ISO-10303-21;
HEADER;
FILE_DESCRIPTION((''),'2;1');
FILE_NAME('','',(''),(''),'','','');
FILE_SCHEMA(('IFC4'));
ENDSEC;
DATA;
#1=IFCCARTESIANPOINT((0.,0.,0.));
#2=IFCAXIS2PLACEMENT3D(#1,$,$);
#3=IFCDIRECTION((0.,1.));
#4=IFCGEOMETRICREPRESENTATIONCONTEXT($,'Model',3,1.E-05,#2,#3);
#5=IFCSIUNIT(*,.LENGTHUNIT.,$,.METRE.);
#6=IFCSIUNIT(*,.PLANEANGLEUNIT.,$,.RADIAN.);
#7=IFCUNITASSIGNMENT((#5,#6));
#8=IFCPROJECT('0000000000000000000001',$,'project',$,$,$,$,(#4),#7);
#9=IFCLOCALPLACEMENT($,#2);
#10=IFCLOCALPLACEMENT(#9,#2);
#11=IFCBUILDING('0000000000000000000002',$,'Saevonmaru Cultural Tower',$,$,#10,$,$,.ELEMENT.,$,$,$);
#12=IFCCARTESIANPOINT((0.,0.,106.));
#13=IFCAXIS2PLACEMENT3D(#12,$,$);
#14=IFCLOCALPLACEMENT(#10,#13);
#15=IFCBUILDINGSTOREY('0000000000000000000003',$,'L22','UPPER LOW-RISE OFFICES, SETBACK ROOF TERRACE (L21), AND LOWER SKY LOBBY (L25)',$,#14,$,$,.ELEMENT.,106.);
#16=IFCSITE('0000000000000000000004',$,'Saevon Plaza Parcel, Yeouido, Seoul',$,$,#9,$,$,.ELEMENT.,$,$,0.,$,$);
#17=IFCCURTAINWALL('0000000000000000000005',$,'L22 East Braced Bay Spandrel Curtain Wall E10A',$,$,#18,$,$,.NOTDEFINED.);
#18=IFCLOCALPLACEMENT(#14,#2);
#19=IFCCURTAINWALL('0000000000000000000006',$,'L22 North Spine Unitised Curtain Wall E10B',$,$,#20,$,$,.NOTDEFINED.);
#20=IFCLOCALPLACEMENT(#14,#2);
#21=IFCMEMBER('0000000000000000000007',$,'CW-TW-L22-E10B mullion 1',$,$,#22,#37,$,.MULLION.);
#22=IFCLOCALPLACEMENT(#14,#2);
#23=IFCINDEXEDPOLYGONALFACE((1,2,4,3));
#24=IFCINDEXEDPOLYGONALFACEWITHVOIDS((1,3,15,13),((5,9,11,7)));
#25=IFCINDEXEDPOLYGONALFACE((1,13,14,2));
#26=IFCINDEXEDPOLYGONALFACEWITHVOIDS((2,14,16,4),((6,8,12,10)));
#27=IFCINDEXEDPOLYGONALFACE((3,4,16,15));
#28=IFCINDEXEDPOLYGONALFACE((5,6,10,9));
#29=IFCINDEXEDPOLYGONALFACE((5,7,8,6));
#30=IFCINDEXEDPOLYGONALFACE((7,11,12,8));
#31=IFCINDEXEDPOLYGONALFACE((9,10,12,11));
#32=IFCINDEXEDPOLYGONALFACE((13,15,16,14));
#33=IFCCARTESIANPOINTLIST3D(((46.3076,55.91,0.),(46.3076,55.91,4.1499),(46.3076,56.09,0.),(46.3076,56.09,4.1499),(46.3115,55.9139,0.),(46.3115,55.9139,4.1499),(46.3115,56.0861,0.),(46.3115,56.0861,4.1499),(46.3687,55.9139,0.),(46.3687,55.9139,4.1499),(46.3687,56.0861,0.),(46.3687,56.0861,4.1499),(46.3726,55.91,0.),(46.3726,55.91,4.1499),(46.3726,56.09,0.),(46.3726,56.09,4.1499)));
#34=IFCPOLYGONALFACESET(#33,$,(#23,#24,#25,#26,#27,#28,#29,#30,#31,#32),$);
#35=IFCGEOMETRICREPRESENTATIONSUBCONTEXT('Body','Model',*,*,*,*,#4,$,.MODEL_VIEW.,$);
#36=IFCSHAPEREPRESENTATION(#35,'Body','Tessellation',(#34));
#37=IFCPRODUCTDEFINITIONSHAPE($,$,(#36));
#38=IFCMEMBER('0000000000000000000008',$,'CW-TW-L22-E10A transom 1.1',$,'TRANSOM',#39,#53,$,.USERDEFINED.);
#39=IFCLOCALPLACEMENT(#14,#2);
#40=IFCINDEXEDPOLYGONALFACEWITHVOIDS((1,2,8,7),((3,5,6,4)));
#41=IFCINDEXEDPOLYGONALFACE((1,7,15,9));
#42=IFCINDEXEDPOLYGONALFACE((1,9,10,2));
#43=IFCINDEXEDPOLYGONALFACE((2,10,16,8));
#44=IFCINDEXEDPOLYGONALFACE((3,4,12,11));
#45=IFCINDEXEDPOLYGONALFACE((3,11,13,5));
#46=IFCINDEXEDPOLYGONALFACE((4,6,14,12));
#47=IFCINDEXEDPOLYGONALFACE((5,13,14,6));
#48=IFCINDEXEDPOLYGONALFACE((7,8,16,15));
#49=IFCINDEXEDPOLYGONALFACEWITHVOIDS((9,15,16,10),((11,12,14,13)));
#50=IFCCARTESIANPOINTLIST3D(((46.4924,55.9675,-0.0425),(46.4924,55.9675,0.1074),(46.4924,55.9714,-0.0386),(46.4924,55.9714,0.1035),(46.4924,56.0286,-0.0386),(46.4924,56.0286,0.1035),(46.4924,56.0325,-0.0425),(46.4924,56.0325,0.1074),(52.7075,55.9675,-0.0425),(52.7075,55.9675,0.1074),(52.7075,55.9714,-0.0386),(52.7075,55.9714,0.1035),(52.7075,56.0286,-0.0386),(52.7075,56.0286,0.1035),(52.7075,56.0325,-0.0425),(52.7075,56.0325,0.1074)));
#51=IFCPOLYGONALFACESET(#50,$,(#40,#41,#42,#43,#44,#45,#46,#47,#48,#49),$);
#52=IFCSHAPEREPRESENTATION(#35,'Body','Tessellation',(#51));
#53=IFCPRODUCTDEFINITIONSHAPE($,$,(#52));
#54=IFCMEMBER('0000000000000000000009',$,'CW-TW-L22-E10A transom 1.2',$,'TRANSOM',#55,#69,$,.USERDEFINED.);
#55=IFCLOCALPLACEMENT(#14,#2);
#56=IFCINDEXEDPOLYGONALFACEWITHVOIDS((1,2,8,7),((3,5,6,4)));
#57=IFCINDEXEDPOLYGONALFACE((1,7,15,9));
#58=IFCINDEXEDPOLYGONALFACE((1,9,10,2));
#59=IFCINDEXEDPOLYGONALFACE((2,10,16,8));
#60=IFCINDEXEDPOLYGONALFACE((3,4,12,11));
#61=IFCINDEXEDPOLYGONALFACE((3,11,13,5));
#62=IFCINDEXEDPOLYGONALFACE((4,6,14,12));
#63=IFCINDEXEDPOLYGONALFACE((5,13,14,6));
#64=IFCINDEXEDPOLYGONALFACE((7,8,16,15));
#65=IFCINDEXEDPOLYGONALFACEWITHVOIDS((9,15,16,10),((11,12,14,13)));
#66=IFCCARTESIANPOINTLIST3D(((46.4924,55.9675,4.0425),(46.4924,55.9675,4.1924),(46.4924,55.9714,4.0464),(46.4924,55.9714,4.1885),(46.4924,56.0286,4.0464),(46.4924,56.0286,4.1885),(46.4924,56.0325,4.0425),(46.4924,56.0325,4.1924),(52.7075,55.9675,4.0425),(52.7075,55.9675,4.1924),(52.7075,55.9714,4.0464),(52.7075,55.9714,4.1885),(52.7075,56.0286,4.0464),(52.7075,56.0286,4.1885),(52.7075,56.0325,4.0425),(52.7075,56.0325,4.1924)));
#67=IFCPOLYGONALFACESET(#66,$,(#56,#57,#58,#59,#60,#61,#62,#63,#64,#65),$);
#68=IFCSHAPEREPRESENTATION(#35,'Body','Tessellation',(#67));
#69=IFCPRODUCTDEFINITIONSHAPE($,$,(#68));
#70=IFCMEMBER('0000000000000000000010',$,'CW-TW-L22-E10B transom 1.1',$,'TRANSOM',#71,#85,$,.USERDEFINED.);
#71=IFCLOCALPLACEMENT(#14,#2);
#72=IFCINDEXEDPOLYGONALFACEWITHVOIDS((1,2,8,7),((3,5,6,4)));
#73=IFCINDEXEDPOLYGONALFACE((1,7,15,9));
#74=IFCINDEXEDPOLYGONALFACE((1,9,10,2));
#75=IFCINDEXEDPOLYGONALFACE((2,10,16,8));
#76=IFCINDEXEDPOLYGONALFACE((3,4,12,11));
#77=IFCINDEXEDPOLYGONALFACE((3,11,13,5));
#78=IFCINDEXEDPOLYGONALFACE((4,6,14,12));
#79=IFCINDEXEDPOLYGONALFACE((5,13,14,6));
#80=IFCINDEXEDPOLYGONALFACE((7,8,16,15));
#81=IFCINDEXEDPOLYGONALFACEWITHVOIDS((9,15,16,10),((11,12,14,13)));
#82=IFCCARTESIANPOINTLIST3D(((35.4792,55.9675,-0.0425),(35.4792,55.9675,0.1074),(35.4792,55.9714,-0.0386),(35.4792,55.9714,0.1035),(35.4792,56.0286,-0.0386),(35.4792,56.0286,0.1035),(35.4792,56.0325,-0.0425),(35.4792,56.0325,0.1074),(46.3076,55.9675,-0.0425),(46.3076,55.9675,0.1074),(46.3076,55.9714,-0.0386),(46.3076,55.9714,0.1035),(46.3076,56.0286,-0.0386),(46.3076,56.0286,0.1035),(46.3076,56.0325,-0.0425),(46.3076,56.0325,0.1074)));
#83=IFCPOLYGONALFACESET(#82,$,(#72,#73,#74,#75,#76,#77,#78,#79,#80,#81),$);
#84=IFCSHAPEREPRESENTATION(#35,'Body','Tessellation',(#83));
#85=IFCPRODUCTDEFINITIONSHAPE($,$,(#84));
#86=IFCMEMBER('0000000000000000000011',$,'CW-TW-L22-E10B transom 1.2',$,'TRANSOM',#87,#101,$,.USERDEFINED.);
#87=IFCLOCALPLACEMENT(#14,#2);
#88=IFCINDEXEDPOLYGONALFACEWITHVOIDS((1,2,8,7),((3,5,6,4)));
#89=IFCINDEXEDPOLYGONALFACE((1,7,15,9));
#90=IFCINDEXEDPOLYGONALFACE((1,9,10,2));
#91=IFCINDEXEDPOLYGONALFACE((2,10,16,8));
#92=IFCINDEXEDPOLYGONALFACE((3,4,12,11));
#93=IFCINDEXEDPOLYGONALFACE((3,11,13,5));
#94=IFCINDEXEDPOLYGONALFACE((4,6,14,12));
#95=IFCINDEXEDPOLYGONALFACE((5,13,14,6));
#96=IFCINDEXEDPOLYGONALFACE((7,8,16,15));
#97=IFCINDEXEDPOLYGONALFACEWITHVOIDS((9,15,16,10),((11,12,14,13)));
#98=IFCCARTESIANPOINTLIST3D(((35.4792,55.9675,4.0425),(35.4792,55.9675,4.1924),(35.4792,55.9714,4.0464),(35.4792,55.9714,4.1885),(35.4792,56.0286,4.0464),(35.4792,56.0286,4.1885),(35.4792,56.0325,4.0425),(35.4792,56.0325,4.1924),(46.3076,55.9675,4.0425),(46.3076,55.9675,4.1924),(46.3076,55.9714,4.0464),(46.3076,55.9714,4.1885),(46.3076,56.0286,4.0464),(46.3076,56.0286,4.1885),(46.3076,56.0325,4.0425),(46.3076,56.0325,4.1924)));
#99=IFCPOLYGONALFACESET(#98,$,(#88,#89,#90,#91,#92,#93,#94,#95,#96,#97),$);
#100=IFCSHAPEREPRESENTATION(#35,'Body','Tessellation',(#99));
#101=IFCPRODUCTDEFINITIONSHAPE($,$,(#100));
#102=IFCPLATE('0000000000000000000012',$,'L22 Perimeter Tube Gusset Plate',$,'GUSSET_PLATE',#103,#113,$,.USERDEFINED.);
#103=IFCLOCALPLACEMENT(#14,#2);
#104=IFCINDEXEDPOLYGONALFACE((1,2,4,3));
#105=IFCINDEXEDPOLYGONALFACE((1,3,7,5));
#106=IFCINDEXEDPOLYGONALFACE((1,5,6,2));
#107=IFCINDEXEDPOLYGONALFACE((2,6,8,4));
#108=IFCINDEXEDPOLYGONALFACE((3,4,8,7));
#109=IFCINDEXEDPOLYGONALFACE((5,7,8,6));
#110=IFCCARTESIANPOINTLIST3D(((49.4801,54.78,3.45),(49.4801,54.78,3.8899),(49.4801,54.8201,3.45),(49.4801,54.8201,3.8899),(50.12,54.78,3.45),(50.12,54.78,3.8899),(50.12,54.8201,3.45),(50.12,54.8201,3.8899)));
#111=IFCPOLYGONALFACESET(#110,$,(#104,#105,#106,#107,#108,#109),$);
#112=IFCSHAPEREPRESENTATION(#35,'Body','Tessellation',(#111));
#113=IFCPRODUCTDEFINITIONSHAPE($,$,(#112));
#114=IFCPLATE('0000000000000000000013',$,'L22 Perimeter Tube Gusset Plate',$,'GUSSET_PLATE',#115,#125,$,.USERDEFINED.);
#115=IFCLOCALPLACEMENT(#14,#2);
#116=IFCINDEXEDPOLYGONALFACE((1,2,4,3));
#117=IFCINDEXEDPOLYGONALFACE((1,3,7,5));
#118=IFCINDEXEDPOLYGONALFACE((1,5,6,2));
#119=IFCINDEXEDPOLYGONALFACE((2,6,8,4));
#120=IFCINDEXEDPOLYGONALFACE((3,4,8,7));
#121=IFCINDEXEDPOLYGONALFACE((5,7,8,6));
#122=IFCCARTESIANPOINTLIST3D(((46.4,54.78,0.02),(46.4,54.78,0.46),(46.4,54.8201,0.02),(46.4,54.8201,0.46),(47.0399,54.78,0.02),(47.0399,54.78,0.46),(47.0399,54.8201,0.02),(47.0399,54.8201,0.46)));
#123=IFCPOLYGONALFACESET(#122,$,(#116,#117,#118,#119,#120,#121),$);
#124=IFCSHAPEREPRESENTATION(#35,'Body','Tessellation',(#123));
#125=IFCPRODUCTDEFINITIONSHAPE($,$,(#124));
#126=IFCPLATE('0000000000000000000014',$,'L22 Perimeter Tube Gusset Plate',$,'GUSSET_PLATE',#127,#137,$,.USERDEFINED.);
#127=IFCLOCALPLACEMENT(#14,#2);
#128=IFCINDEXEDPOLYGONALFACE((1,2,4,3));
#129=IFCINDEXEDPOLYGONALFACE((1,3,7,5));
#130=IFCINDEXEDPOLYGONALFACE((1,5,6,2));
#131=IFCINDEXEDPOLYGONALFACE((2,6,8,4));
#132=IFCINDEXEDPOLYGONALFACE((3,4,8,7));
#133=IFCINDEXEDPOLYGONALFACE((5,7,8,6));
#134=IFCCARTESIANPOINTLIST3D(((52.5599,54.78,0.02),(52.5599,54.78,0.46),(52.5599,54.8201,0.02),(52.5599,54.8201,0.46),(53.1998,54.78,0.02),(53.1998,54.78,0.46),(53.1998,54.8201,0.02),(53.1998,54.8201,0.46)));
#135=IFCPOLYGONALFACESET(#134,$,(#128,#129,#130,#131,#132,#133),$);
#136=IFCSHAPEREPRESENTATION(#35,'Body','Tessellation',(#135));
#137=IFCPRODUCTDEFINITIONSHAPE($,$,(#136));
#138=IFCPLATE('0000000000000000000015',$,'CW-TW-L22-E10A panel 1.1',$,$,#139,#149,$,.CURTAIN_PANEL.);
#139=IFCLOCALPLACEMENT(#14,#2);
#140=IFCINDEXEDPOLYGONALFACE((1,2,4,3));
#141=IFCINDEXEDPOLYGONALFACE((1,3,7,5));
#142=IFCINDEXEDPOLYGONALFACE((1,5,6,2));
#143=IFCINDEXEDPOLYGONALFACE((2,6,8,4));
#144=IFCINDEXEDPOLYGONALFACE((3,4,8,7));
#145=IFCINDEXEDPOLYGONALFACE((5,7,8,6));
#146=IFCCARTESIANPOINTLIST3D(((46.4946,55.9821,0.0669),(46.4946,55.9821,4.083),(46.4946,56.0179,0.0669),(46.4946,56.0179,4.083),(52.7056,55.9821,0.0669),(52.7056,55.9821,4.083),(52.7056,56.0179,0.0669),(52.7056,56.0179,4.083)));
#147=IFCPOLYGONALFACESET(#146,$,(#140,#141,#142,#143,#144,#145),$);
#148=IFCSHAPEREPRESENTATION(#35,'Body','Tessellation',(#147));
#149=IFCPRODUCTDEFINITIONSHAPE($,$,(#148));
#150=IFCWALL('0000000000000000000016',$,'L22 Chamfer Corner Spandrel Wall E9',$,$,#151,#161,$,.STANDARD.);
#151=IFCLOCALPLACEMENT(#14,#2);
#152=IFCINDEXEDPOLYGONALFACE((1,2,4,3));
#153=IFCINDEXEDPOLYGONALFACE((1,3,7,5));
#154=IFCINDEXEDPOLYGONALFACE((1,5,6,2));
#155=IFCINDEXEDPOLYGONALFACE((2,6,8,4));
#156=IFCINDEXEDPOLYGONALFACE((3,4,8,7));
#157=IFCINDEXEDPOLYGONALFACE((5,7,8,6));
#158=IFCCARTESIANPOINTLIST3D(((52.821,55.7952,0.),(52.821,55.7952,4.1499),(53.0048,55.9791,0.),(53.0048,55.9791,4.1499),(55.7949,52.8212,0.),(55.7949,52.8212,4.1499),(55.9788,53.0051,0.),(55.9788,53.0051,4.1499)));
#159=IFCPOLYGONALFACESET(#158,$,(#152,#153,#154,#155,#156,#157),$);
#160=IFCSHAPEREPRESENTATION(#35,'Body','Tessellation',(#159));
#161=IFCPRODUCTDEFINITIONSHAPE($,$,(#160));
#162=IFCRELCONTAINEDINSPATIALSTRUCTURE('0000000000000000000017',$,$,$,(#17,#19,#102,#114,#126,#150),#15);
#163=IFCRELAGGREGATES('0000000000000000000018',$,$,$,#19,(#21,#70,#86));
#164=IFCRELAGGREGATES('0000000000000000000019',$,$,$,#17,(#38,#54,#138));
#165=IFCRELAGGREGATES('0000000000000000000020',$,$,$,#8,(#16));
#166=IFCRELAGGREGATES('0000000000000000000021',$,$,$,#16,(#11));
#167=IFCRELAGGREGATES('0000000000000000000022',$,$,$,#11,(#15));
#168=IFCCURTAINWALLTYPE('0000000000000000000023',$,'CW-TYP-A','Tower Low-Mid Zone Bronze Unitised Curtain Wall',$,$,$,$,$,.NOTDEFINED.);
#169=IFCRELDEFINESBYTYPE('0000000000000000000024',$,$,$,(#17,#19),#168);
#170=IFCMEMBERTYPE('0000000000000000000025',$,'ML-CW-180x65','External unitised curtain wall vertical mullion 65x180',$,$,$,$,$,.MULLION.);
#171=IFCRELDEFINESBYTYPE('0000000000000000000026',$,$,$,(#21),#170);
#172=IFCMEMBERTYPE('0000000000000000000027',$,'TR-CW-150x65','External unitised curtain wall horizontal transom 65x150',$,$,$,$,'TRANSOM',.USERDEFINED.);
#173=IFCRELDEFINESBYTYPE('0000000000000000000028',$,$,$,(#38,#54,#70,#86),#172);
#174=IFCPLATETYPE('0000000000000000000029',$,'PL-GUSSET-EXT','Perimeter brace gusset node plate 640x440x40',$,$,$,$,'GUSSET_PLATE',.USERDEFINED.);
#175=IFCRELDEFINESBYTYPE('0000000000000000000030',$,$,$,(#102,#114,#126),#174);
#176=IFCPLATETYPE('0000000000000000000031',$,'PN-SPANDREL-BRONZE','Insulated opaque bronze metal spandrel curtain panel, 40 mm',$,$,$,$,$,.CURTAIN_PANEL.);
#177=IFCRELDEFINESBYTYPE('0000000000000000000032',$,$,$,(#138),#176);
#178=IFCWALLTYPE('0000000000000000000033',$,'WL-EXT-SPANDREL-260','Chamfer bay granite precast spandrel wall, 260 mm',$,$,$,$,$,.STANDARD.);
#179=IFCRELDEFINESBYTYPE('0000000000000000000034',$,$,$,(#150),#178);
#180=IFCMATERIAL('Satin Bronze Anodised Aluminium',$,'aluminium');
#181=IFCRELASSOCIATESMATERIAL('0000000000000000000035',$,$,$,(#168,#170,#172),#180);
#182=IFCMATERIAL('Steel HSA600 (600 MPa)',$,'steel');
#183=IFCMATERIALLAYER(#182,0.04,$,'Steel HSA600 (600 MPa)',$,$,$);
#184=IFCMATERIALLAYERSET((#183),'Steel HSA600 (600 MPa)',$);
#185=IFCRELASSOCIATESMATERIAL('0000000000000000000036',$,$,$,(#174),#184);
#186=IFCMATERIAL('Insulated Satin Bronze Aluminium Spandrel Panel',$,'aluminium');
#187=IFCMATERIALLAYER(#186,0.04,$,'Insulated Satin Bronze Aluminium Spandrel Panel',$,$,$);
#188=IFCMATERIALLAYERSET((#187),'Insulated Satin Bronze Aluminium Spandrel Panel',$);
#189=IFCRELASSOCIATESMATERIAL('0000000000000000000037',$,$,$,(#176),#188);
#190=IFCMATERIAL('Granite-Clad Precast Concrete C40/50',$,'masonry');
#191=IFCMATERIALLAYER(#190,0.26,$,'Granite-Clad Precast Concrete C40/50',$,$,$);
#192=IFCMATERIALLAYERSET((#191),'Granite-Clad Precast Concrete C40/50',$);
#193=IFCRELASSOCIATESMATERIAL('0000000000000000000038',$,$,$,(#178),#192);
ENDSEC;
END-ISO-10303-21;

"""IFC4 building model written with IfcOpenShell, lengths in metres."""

from ifc_helpers import new_model, si_unit, direction, frame, frame_2d, origin, origin_2d, place, context, subcontext, project, spatial, rectangle, hollow_rectangle, extrude, material, layer, layer_set, material_profile, profile_set, type_object, element, aggregate, save


model = new_model("IFC4")

# Units and contexts
model_context = context("Model", 3, precision=1e-05, world=origin(), true_north=direction((0.0, 1.0)))
body_context = subcontext(model_context, "Body", "Model", "MODEL_VIEW")
ifc_project = project(units=[si_unit("LENGTHUNIT", "METRE"), si_unit("PLANEANGLEUNIT", "RADIAN")], contexts=[model_context])

# Site, building, storey
site_placement = place(None, origin())
site = spatial("IfcSite", under=ifc_project, at=site_placement, Name="Saevon Plaza Parcel, Yeouido, Seoul", CompositionType="ELEMENT", RefElevation=0.0)
building_placement = place(site_placement, origin())
building = spatial("IfcBuilding", under=site, at=building_placement, Name="Saevonmaru Cultural Tower", CompositionType="ELEMENT")
storey_placement = place(building_placement, frame((0.0, 0.0, 106.0)))
storey = spatial("IfcBuildingStorey", under=building, at=storey_placement, Name="L22", Description="UPPER LOW-RISE OFFICES, SETBACK ROOF TERRACE (L21), AND LOWER SKY LOBBY (L25)", CompositionType="ELEMENT", Elevation=106.0)

# Shared definitions
ifc_material_1 = material(Name="Steel HSA600 (600 MPa)", Category="steel")

# Shared definitions
ifc_material_2 = material(Name="Satin Bronze Anodised Aluminium", Category="aluminium")
curtain_wall_type = type_object("IfcCurtainWallType", Name="CW-TYP-A", Description="Tower Low-Mid Zone Bronze Unitised Curtain Wall", PredefinedType="NOTDEFINED", material=ifc_material_2)
ifc_material_profile_1 = material_profile(ifc_material_2, hollow_rectangle(XDim=0.0649, YDim=0.1799, WallThickness=0.0039, at=origin_2d()), Name="ALU-MULL-180x65x4")
ifc_profile_set_1 = profile_set([ifc_material_profile_1], Name="Satin Bronze Anodised Aluminium")
member_type_1 = type_object("IfcMemberType", Name="ML-CW-180x65", Description="External unitised curtain wall vertical mullion 65x180", PredefinedType="MULLION", material=ifc_profile_set_1)

# Curtain wall
curtain_wall_1_placement = place(storey_placement, origin())
curtain_wall_1 = element("IfcCurtainWall", 1, at=curtain_wall_1_placement, inside=storey, type_object=curtain_wall_type, Name="L22 East Braced Bay Spandrel Curtain Wall E10A", PredefinedType="NOTDEFINED")

# Curtain wall, member
curtain_wall_2_placement = place(storey_placement, origin())
curtain_wall_2 = element("IfcCurtainWall", 2, at=curtain_wall_2_placement, inside=storey, type_object=curtain_wall_type, Name="L22 North Spine Unitised Curtain Wall E10B", PredefinedType="NOTDEFINED")
member_1_placement = place(storey_placement, frame((46.3401, 56.0, 0.0), z_axis=(0.0, 0.0, 1.0), x_axis=(-1.0, 0.0, 0.0)))
member_1 = element("IfcMember", 3, at=member_1_placement, type_object=member_type_1, Name="CW-TW-L22-E10B mullion 1", PredefinedType="MULLION", context=body_context, shape_type="SweptSolid", body=[
    extrude(hollow_rectangle(XDim=0.0649, YDim=0.1799, WallThickness=0.0039, at=origin_2d()), origin(), (0.0, 0.0, 1.0), 4.1499),
])

# Members
ifc_material_profile_2 = material_profile(ifc_material_2, hollow_rectangle(XDim=0.0649, YDim=0.1499, WallThickness=0.0039, at=origin_2d()), Name="ALU-TRAN-150x65x4")
ifc_profile_set_2 = profile_set([ifc_material_profile_2], Name="Satin Bronze Anodised Aluminium")
member_type_2 = type_object("IfcMemberType", Name="TR-CW-150x65", Description="External unitised curtain wall horizontal transom 65x150", ElementType="TRANSOM", PredefinedType="USERDEFINED", material=ifc_profile_set_2)
member_2_placement = place(storey_placement, frame((52.7075, 56.0, 0.0325), z_axis=(-1.0, 0.0, 0.0), x_axis=(0.0, -1.0, 0.0)))
member_2 = element("IfcMember", 4, at=member_2_placement, type_object=member_type_2, Name="CW-TW-L22-E10A transom 1.1", ObjectType="TRANSOM", PredefinedType="USERDEFINED", context=body_context, shape_type="SweptSolid", body=[
    extrude(hollow_rectangle(XDim=0.0649, YDim=0.1499, WallThickness=0.0039, at=origin_2d()), origin(), (0.0, 0.0, 1.0), 6.2151),
])
member_3_placement = place(storey_placement, frame((52.7075, 56.0, 4.1174), z_axis=(-1.0, 0.0, 0.0), x_axis=(0.0, -1.0, 0.0)))
member_3 = element("IfcMember", 5, at=member_3_placement, type_object=member_type_2, Name="CW-TW-L22-E10A transom 1.2", ObjectType="TRANSOM", PredefinedType="USERDEFINED", context=body_context, shape_type="SweptSolid", body=[
    extrude(hollow_rectangle(XDim=0.0649, YDim=0.1499, WallThickness=0.0039, at=origin_2d()), origin(), (0.0, 0.0, 1.0), 6.2151),
])
member_4_placement = place(storey_placement, frame((46.3076, 56.0, 0.0325), z_axis=(-1.0, 0.0, 0.0), x_axis=(0.0, -1.0, 0.0)))
member_4 = element("IfcMember", 6, at=member_4_placement, type_object=member_type_2, Name="CW-TW-L22-E10B transom 1.1", ObjectType="TRANSOM", PredefinedType="USERDEFINED", context=body_context, shape_type="SweptSolid", body=[
    extrude(hollow_rectangle(XDim=0.0649, YDim=0.1499, WallThickness=0.0039, at=origin_2d()), origin(), (0.0, 0.0, 1.0), 10.8284),
])
member_5_placement = place(storey_placement, frame((46.3076, 56.0, 4.1174), z_axis=(-1.0, 0.0, 0.0), x_axis=(0.0, -1.0, 0.0)))
member_5 = element("IfcMember", 7, at=member_5_placement, type_object=member_type_2, Name="CW-TW-L22-E10B transom 1.2", ObjectType="TRANSOM", PredefinedType="USERDEFINED", context=body_context, shape_type="SweptSolid", body=[
    extrude(hollow_rectangle(XDim=0.0649, YDim=0.1499, WallThickness=0.0039, at=origin_2d()), origin(), (0.0, 0.0, 1.0), 10.8284),
])
aggregate(curtain_wall_2, [member_1, member_4, member_5])

# Plates
ifc_layer_1 = layer(ifc_material_1, 0.04, Name="Steel HSA600 (600 MPa)")
ifc_layer_set_1 = layer_set([ifc_layer_1], Name="Steel HSA600 (600 MPa)")
plate_type_1 = type_object("IfcPlateType", Name="PL-GUSSET-EXT", Description="Perimeter brace gusset node plate 640x440x40", ElementType="GUSSET_PLATE", PredefinedType="USERDEFINED", material=ifc_layer_set_1)
for number, where, z_axis, x_axis, name in (
    (8, (49.8, 54.8, 3.45), (0.0, 0.0, 1.0), (1.0, 0.0, 0.0), "L22 Perimeter Tube Gusset Plate"),
    (9, (46.72, 54.8, 0.02), (0.0, 0.0, 1.0), (1.0, 0.0, 0.0), "L22 Perimeter Tube Gusset Plate"),
    (10, (52.8799, 54.8, 0.02), (0.0, 0.0, 1.0), (1.0, 0.0, 0.0), "L22 Perimeter Tube Gusset Plate"),
):
    element("IfcPlate", number, at=place(storey_placement, frame(where, z_axis=z_axis, x_axis=x_axis)), inside=storey, type_object=plate_type_1, Name=name, ObjectType="GUSSET_PLATE", PredefinedType="USERDEFINED", context=body_context, shape_type="SweptSolid", body=[
        extrude(rectangle(XDim=0.6399, YDim=0.04, at=origin_2d()), origin(), (0.0, 0.0, 1.0), 0.4399),
    ])

# Plate
ifc_material_3 = material(Name="Insulated Satin Bronze Aluminium Spandrel Panel", Category="aluminium")
ifc_layer_2 = layer(ifc_material_3, 0.04, Name="Insulated Satin Bronze Aluminium Spandrel Panel")
ifc_layer_set_2 = layer_set([ifc_layer_2], Name="Insulated Satin Bronze Aluminium Spandrel Panel")
plate_type_2 = type_object("IfcPlateType", Name="PN-SPANDREL-BRONZE", Description="Insulated opaque bronze metal spandrel curtain panel, 40 mm", PredefinedType="CURTAIN_PANEL", material=ifc_layer_set_2)
plate_placement = place(storey_placement, frame((49.6001, 56.0, 0.0669), z_axis=(0.0, 0.0, 1.0), x_axis=(-1.0, 0.0, 0.0)))
plate = element("IfcPlate", 11, at=plate_placement, type_object=plate_type_2, Name="CW-TW-L22-E10A panel 1.1", PredefinedType="CURTAIN_PANEL", context=body_context, shape_type="SweptSolid", body=[
    extrude(rectangle(XDim=6.2109, YDim=0.0359, at=origin_2d()), origin(), (0.0, 0.0, 1.0), 4.0161),
])
aggregate(curtain_wall_1, [member_2, member_3, plate])

# Wall
ifc_material_4 = material(Name="Granite-Clad Precast Concrete C40/50", Category="masonry")
ifc_layer_3 = layer(ifc_material_4, 0.26, Name="Granite-Clad Precast Concrete C40/50")
ifc_layer_set_3 = layer_set([ifc_layer_3], Name="Granite-Clad Precast Concrete C40/50")
wall_type_1 = type_object("IfcWallType", Name="WL-EXT-SPANDREL-260", Description="Chamfer bay granite precast spandrel wall, 260 mm", PredefinedType="STANDARD", material=ifc_layer_set_3)
wall_1_placement = place(storey_placement, frame((55.887, 52.9131, 0.0), z_axis=(0.0, 0.0, 1.0), x_axis=(-0.707107, 0.707107, 0.0)))
element("IfcWall", 12, at=wall_1_placement, inside=storey, type_object=wall_type_1, Name="L22 Chamfer Corner Spandrel Wall E9", PredefinedType="STANDARD", context=body_context, shape_type="SweptSolid", body=[
    extrude(rectangle(XDim=4.2058, YDim=0.26, at=frame_2d((2.103, 0.0))), origin(), (0.0, 0.0, 1.0), 4.1499),
])

save(model, "model.ifc")
